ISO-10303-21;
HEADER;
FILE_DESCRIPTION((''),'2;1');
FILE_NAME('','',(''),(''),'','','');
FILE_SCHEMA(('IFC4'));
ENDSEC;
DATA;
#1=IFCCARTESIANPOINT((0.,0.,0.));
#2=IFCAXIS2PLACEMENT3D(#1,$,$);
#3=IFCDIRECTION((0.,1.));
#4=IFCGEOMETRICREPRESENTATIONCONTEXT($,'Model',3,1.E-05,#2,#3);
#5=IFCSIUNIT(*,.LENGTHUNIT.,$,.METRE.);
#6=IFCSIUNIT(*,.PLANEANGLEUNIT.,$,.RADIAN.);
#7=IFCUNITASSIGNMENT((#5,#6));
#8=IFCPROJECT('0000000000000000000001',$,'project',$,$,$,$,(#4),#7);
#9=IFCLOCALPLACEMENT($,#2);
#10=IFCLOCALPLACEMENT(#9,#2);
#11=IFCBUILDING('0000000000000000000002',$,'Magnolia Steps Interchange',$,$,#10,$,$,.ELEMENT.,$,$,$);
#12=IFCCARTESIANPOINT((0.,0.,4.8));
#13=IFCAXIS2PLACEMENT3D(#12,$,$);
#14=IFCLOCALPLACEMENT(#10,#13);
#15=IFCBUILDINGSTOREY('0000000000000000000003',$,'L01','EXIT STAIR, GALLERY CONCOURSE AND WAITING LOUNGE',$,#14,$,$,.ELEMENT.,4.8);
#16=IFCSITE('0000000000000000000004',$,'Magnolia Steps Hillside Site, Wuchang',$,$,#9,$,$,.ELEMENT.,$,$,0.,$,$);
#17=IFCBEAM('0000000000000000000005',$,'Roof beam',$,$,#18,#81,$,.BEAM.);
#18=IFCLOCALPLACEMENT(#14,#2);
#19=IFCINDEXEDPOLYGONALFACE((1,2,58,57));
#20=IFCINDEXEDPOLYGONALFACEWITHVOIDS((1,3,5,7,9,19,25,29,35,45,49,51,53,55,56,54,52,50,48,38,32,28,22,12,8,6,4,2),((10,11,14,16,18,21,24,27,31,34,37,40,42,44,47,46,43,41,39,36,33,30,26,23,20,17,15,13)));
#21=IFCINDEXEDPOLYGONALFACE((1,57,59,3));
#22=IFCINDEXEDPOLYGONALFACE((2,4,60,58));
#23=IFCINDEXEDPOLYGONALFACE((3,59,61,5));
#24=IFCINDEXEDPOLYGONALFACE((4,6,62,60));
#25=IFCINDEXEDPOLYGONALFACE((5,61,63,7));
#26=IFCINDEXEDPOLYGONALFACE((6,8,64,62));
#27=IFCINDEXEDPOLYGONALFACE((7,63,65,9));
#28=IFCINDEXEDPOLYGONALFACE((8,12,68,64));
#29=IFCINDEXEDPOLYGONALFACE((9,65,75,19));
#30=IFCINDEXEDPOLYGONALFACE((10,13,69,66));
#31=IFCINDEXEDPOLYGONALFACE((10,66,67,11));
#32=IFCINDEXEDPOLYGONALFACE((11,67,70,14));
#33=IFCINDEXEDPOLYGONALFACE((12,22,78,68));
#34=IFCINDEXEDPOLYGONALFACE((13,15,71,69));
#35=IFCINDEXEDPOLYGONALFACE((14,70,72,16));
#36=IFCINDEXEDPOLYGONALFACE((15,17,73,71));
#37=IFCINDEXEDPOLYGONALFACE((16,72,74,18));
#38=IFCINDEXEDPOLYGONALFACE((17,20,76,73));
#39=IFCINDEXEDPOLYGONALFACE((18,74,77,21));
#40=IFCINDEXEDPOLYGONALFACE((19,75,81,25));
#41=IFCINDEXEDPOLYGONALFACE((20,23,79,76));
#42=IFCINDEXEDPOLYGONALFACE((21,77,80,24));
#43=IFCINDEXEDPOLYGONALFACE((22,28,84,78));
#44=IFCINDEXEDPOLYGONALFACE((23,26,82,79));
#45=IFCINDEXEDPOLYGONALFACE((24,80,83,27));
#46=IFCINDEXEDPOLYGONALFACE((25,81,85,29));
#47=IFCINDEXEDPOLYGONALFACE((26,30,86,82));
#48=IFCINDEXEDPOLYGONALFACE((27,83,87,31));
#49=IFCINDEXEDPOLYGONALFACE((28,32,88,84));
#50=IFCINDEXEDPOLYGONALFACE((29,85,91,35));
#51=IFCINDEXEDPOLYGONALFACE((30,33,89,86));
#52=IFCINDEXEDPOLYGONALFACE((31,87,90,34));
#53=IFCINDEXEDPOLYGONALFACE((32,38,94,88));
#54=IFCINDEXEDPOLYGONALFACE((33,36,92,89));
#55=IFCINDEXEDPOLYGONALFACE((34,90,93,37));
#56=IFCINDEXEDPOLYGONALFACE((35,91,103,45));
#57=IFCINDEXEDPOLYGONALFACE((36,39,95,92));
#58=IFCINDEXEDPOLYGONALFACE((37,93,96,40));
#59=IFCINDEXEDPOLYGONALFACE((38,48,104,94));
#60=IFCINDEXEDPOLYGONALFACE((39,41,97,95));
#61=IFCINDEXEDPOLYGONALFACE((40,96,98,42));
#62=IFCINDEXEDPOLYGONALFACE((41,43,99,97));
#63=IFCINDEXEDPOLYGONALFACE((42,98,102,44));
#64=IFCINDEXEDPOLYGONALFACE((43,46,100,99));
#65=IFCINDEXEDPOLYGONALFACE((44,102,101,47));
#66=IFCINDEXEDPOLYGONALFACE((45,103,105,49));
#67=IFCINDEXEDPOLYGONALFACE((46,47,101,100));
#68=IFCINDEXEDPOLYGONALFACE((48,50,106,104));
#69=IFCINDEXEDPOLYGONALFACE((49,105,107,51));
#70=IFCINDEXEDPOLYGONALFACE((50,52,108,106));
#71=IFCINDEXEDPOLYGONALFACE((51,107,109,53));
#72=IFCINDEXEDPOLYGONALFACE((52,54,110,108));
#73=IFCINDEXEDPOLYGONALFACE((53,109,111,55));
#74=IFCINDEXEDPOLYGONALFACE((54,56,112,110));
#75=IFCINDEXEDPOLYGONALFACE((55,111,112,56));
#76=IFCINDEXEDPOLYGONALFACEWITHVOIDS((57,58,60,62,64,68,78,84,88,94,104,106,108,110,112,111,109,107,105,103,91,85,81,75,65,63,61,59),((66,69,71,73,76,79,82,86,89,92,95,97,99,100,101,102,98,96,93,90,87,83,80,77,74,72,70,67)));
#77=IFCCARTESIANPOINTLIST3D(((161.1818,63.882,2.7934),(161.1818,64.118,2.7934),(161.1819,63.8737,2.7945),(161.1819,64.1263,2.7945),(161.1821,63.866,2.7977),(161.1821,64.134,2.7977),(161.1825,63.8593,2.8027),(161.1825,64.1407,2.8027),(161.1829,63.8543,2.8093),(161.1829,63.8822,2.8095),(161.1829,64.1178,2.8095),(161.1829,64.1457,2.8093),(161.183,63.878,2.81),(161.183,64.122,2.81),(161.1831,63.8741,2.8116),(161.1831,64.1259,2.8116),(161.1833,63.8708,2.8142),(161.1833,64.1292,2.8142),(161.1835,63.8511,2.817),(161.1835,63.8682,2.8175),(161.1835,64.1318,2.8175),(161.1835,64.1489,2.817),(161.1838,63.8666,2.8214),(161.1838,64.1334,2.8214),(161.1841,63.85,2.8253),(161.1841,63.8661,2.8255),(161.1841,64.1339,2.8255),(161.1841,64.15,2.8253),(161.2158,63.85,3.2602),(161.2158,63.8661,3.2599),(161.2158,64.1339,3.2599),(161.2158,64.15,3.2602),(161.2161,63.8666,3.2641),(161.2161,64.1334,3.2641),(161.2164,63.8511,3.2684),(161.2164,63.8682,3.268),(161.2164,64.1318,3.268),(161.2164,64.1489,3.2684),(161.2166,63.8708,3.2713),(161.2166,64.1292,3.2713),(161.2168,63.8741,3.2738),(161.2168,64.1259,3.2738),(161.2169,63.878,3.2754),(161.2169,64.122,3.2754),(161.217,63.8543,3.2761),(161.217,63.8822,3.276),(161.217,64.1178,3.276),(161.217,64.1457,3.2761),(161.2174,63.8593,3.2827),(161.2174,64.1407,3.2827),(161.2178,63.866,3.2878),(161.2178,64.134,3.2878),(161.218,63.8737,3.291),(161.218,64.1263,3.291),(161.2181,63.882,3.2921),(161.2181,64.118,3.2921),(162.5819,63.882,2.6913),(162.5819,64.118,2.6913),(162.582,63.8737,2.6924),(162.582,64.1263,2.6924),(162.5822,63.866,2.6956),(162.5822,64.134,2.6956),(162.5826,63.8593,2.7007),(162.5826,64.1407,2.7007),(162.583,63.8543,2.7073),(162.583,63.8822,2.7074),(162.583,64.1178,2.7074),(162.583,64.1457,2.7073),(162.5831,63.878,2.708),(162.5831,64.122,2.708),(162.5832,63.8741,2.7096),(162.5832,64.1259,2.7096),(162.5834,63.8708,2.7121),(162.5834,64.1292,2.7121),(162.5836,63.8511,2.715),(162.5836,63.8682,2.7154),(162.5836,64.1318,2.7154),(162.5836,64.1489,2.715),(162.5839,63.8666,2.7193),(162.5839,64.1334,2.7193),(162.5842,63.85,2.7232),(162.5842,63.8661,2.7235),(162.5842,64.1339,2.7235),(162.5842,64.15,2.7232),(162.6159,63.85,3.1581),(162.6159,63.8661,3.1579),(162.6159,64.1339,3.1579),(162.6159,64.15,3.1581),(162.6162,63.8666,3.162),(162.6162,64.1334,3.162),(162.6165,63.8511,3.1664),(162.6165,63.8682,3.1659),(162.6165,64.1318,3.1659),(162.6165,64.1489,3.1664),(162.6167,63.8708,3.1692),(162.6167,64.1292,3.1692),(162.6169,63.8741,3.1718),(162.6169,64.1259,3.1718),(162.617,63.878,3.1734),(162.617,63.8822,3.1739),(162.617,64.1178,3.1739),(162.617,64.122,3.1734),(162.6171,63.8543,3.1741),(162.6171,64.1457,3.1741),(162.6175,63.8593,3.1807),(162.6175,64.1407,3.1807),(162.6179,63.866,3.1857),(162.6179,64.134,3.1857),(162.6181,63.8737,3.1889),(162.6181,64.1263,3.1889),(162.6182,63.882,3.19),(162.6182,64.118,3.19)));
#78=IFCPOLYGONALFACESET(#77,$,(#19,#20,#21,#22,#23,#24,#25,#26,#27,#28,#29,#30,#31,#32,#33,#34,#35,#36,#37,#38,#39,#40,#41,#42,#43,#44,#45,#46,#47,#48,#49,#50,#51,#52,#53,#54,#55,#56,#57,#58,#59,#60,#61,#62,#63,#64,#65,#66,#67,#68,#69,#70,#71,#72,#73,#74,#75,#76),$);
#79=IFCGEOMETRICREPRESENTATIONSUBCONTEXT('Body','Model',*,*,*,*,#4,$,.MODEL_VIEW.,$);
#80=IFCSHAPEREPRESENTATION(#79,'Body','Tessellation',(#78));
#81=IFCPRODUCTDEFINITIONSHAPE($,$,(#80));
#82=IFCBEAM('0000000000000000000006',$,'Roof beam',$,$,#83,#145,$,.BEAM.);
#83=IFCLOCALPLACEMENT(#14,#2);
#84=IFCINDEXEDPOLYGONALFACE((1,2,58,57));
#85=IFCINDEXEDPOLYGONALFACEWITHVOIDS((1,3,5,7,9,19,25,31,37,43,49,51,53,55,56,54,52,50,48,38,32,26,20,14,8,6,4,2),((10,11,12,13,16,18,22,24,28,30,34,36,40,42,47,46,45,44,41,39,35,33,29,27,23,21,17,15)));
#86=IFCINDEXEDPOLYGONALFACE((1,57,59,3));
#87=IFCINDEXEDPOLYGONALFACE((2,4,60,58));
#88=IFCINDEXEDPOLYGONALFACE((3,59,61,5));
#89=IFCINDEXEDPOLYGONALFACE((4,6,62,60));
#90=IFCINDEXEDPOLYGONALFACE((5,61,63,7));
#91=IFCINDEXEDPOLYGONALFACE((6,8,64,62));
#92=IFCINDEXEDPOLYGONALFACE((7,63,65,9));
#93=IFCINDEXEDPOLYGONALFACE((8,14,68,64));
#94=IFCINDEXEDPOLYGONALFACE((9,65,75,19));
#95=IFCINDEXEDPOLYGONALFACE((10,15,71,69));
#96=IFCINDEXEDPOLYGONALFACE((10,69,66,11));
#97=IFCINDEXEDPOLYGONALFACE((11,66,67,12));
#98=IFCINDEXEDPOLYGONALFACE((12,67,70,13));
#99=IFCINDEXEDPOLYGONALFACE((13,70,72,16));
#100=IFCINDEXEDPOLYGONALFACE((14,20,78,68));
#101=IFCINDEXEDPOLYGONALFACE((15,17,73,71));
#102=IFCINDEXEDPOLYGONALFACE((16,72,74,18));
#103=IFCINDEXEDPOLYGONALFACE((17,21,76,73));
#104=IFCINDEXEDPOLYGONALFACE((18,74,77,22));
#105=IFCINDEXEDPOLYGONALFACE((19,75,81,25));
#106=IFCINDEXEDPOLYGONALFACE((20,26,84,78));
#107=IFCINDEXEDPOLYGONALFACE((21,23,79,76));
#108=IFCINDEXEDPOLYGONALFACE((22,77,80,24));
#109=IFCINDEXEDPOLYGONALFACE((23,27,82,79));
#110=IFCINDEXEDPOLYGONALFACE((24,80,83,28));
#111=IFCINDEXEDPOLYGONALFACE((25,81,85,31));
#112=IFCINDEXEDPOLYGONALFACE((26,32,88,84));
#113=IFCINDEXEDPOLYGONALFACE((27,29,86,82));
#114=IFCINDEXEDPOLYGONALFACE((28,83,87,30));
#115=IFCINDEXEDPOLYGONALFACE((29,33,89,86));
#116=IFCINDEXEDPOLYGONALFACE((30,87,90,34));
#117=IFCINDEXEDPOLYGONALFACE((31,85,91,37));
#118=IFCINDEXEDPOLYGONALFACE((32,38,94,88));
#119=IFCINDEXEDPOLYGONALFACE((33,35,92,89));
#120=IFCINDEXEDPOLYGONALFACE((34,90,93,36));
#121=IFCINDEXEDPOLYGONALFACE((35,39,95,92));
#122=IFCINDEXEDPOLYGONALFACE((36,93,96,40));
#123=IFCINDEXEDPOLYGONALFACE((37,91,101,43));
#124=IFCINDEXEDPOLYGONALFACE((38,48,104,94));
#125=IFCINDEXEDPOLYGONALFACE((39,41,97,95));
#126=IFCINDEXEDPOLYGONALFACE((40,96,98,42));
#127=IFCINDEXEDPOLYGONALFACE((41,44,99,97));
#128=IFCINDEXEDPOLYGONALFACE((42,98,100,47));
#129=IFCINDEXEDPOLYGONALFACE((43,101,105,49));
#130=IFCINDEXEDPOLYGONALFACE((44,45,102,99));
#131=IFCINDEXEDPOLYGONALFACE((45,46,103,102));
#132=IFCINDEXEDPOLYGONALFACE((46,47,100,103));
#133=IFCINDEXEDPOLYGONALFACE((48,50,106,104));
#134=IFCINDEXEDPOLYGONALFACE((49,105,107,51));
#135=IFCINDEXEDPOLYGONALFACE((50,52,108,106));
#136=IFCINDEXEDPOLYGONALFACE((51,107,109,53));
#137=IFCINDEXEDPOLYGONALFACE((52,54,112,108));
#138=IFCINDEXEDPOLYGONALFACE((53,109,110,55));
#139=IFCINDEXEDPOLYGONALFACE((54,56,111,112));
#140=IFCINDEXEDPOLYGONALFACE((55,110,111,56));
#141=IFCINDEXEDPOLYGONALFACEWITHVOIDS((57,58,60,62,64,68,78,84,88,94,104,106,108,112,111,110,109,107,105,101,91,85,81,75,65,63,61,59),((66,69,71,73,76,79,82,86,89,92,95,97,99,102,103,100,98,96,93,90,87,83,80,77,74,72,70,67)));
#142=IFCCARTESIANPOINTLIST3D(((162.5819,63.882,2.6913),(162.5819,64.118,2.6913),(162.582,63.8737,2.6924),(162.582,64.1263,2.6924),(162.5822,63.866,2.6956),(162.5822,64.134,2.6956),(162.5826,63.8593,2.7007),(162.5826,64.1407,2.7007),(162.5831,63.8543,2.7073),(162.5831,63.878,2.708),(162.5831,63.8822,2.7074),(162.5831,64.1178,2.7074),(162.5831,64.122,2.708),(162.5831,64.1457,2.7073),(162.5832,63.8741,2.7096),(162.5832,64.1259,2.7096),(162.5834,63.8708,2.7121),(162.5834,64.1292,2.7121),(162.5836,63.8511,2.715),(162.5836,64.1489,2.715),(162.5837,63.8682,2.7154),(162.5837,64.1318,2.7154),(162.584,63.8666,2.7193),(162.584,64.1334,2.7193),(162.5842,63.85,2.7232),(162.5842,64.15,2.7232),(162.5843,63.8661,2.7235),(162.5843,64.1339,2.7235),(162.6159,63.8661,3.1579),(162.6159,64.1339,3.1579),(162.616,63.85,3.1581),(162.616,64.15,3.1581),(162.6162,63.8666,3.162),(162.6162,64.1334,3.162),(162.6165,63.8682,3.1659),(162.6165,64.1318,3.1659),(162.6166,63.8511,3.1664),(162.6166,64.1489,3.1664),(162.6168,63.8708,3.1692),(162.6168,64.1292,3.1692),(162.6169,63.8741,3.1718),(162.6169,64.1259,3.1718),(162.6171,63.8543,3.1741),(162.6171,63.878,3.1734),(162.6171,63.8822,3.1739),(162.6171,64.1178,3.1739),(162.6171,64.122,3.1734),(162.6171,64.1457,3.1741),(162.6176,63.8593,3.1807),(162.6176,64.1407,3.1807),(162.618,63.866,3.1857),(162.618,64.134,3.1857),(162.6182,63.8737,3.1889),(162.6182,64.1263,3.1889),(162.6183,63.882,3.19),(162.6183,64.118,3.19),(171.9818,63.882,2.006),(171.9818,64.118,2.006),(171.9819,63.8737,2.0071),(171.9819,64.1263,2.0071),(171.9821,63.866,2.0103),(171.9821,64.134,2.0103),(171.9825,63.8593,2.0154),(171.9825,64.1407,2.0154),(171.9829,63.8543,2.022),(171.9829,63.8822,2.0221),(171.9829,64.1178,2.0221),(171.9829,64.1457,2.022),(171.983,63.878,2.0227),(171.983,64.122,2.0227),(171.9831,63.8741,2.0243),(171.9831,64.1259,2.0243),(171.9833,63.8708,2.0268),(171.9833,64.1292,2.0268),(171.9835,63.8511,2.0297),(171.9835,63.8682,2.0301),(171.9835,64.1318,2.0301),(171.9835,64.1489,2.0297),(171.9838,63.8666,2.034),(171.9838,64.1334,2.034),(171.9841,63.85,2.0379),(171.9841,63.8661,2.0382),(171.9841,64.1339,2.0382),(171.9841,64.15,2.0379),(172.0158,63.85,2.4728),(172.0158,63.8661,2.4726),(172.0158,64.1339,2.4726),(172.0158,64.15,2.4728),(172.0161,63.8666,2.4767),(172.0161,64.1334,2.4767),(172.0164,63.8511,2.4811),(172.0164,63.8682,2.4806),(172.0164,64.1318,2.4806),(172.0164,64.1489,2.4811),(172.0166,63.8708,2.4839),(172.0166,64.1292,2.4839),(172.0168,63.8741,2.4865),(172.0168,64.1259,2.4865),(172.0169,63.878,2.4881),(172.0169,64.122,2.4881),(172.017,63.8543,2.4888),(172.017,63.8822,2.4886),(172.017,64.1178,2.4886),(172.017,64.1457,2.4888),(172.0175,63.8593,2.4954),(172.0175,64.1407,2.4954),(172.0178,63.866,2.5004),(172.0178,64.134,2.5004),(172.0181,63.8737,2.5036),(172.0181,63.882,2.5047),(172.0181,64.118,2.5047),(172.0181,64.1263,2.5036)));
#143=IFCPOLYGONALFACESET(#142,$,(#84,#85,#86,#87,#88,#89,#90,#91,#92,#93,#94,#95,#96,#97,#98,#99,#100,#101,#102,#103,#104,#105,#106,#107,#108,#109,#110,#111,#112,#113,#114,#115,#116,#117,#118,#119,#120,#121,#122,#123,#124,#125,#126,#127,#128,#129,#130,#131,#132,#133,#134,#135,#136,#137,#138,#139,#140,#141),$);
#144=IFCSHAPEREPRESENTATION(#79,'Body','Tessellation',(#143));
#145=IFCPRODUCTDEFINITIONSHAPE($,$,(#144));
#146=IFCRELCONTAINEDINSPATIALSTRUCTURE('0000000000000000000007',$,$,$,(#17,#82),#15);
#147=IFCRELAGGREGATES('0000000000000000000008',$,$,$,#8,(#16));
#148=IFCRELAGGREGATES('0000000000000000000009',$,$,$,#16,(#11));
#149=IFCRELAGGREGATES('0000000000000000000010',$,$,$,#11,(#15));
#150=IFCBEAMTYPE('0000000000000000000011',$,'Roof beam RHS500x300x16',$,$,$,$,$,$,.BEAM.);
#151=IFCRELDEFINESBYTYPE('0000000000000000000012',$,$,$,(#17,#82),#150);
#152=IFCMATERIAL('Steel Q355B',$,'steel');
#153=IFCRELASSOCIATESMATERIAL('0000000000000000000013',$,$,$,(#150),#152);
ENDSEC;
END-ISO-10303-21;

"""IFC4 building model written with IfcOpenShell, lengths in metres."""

from ifc_helpers import new_model, si_unit, direction, frame, origin, origin_2d, place, context, subcontext, project, spatial, hollow_rectangle, extrude, material, material_profile, profile_set, type_object, element, save


model = new_model("IFC4")

# Units and contexts
model_context = context("Model", 3, precision=1e-05, world=origin(), true_north=direction((0.0, 1.0)))
body_context = subcontext(model_context, "Body", "Model", "MODEL_VIEW")
ifc_project = project(units=[si_unit("LENGTHUNIT", "METRE"), si_unit("PLANEANGLEUNIT", "RADIAN")], contexts=[model_context])

# Site, building, storey
site_placement = place(None, origin())
site = spatial("IfcSite", under=ifc_project, at=site_placement, Name="Magnolia Steps Hillside Site, Wuchang", CompositionType="ELEMENT", RefElevation=0.0)
building_placement = place(site_placement, origin())
building = spatial("IfcBuilding", under=site, at=building_placement, Name="Magnolia Steps Interchange", CompositionType="ELEMENT")
storey_placement = place(building_placement, frame((0.0, 0.0, 4.8)))
storey = spatial("IfcBuildingStorey", under=building, at=storey_placement, Name="L01", Description="EXIT STAIR, GALLERY CONCOURSE AND WAITING LOUNGE", CompositionType="ELEMENT", Elevation=4.8)

# Beams
ifc_material_1 = material(Name="Steel Q355B", Category="steel")
ifc_material_profile_1 = material_profile(ifc_material_1, hollow_rectangle(XDim=0.3, YDim=0.5, WallThickness=0.0161, InnerFilletRadius=0.0161, OuterFilletRadius=0.032, at=origin_2d()), Name="RHS500x300x16")
ifc_profile_set_1 = profile_set([ifc_material_profile_1], Name="Steel Q355B")
beam_type_1 = type_object("IfcBeamType", Name="Roof beam RHS500x300x16", PredefinedType="BEAM", material=ifc_profile_set_1)
beam_1_placement = place(storey_placement, frame((161.2, 64.0, 3.0427), z_axis=(0.997354, 0.0, -0.072693), x_axis=(0.0, 1.0, 0.0)))
element("IfcBeam", 1, at=beam_1_placement, inside=storey, type_object=beam_type_1, Name="Roof beam", PredefinedType="BEAM", context=body_context, shape_type="SweptSolid", body=[
    extrude(hollow_rectangle(XDim=0.3, YDim=0.5, WallThickness=0.0161, InnerFilletRadius=0.0161, OuterFilletRadius=0.032, at=origin_2d()), origin(), (0.0, 0.0, 1.0), 1.4038),
])
beam_2_placement = place(storey_placement, frame((162.6001, 64.0, 2.9407), z_axis=(0.997353, 0.0, -0.072712), x_axis=(0.0, 1.0, 0.0)))
element("IfcBeam", 2, at=beam_2_placement, inside=storey, type_object=beam_type_1, Name="Roof beam", PredefinedType="BEAM", context=body_context, shape_type="SweptSolid", body=[
    extrude(hollow_rectangle(XDim=0.3, YDim=0.5, WallThickness=0.0161, InnerFilletRadius=0.0161, OuterFilletRadius=0.032, at=origin_2d()), origin(), (0.0, 0.0, 1.0), 9.4248),
])

save(model, "model.ifc")
